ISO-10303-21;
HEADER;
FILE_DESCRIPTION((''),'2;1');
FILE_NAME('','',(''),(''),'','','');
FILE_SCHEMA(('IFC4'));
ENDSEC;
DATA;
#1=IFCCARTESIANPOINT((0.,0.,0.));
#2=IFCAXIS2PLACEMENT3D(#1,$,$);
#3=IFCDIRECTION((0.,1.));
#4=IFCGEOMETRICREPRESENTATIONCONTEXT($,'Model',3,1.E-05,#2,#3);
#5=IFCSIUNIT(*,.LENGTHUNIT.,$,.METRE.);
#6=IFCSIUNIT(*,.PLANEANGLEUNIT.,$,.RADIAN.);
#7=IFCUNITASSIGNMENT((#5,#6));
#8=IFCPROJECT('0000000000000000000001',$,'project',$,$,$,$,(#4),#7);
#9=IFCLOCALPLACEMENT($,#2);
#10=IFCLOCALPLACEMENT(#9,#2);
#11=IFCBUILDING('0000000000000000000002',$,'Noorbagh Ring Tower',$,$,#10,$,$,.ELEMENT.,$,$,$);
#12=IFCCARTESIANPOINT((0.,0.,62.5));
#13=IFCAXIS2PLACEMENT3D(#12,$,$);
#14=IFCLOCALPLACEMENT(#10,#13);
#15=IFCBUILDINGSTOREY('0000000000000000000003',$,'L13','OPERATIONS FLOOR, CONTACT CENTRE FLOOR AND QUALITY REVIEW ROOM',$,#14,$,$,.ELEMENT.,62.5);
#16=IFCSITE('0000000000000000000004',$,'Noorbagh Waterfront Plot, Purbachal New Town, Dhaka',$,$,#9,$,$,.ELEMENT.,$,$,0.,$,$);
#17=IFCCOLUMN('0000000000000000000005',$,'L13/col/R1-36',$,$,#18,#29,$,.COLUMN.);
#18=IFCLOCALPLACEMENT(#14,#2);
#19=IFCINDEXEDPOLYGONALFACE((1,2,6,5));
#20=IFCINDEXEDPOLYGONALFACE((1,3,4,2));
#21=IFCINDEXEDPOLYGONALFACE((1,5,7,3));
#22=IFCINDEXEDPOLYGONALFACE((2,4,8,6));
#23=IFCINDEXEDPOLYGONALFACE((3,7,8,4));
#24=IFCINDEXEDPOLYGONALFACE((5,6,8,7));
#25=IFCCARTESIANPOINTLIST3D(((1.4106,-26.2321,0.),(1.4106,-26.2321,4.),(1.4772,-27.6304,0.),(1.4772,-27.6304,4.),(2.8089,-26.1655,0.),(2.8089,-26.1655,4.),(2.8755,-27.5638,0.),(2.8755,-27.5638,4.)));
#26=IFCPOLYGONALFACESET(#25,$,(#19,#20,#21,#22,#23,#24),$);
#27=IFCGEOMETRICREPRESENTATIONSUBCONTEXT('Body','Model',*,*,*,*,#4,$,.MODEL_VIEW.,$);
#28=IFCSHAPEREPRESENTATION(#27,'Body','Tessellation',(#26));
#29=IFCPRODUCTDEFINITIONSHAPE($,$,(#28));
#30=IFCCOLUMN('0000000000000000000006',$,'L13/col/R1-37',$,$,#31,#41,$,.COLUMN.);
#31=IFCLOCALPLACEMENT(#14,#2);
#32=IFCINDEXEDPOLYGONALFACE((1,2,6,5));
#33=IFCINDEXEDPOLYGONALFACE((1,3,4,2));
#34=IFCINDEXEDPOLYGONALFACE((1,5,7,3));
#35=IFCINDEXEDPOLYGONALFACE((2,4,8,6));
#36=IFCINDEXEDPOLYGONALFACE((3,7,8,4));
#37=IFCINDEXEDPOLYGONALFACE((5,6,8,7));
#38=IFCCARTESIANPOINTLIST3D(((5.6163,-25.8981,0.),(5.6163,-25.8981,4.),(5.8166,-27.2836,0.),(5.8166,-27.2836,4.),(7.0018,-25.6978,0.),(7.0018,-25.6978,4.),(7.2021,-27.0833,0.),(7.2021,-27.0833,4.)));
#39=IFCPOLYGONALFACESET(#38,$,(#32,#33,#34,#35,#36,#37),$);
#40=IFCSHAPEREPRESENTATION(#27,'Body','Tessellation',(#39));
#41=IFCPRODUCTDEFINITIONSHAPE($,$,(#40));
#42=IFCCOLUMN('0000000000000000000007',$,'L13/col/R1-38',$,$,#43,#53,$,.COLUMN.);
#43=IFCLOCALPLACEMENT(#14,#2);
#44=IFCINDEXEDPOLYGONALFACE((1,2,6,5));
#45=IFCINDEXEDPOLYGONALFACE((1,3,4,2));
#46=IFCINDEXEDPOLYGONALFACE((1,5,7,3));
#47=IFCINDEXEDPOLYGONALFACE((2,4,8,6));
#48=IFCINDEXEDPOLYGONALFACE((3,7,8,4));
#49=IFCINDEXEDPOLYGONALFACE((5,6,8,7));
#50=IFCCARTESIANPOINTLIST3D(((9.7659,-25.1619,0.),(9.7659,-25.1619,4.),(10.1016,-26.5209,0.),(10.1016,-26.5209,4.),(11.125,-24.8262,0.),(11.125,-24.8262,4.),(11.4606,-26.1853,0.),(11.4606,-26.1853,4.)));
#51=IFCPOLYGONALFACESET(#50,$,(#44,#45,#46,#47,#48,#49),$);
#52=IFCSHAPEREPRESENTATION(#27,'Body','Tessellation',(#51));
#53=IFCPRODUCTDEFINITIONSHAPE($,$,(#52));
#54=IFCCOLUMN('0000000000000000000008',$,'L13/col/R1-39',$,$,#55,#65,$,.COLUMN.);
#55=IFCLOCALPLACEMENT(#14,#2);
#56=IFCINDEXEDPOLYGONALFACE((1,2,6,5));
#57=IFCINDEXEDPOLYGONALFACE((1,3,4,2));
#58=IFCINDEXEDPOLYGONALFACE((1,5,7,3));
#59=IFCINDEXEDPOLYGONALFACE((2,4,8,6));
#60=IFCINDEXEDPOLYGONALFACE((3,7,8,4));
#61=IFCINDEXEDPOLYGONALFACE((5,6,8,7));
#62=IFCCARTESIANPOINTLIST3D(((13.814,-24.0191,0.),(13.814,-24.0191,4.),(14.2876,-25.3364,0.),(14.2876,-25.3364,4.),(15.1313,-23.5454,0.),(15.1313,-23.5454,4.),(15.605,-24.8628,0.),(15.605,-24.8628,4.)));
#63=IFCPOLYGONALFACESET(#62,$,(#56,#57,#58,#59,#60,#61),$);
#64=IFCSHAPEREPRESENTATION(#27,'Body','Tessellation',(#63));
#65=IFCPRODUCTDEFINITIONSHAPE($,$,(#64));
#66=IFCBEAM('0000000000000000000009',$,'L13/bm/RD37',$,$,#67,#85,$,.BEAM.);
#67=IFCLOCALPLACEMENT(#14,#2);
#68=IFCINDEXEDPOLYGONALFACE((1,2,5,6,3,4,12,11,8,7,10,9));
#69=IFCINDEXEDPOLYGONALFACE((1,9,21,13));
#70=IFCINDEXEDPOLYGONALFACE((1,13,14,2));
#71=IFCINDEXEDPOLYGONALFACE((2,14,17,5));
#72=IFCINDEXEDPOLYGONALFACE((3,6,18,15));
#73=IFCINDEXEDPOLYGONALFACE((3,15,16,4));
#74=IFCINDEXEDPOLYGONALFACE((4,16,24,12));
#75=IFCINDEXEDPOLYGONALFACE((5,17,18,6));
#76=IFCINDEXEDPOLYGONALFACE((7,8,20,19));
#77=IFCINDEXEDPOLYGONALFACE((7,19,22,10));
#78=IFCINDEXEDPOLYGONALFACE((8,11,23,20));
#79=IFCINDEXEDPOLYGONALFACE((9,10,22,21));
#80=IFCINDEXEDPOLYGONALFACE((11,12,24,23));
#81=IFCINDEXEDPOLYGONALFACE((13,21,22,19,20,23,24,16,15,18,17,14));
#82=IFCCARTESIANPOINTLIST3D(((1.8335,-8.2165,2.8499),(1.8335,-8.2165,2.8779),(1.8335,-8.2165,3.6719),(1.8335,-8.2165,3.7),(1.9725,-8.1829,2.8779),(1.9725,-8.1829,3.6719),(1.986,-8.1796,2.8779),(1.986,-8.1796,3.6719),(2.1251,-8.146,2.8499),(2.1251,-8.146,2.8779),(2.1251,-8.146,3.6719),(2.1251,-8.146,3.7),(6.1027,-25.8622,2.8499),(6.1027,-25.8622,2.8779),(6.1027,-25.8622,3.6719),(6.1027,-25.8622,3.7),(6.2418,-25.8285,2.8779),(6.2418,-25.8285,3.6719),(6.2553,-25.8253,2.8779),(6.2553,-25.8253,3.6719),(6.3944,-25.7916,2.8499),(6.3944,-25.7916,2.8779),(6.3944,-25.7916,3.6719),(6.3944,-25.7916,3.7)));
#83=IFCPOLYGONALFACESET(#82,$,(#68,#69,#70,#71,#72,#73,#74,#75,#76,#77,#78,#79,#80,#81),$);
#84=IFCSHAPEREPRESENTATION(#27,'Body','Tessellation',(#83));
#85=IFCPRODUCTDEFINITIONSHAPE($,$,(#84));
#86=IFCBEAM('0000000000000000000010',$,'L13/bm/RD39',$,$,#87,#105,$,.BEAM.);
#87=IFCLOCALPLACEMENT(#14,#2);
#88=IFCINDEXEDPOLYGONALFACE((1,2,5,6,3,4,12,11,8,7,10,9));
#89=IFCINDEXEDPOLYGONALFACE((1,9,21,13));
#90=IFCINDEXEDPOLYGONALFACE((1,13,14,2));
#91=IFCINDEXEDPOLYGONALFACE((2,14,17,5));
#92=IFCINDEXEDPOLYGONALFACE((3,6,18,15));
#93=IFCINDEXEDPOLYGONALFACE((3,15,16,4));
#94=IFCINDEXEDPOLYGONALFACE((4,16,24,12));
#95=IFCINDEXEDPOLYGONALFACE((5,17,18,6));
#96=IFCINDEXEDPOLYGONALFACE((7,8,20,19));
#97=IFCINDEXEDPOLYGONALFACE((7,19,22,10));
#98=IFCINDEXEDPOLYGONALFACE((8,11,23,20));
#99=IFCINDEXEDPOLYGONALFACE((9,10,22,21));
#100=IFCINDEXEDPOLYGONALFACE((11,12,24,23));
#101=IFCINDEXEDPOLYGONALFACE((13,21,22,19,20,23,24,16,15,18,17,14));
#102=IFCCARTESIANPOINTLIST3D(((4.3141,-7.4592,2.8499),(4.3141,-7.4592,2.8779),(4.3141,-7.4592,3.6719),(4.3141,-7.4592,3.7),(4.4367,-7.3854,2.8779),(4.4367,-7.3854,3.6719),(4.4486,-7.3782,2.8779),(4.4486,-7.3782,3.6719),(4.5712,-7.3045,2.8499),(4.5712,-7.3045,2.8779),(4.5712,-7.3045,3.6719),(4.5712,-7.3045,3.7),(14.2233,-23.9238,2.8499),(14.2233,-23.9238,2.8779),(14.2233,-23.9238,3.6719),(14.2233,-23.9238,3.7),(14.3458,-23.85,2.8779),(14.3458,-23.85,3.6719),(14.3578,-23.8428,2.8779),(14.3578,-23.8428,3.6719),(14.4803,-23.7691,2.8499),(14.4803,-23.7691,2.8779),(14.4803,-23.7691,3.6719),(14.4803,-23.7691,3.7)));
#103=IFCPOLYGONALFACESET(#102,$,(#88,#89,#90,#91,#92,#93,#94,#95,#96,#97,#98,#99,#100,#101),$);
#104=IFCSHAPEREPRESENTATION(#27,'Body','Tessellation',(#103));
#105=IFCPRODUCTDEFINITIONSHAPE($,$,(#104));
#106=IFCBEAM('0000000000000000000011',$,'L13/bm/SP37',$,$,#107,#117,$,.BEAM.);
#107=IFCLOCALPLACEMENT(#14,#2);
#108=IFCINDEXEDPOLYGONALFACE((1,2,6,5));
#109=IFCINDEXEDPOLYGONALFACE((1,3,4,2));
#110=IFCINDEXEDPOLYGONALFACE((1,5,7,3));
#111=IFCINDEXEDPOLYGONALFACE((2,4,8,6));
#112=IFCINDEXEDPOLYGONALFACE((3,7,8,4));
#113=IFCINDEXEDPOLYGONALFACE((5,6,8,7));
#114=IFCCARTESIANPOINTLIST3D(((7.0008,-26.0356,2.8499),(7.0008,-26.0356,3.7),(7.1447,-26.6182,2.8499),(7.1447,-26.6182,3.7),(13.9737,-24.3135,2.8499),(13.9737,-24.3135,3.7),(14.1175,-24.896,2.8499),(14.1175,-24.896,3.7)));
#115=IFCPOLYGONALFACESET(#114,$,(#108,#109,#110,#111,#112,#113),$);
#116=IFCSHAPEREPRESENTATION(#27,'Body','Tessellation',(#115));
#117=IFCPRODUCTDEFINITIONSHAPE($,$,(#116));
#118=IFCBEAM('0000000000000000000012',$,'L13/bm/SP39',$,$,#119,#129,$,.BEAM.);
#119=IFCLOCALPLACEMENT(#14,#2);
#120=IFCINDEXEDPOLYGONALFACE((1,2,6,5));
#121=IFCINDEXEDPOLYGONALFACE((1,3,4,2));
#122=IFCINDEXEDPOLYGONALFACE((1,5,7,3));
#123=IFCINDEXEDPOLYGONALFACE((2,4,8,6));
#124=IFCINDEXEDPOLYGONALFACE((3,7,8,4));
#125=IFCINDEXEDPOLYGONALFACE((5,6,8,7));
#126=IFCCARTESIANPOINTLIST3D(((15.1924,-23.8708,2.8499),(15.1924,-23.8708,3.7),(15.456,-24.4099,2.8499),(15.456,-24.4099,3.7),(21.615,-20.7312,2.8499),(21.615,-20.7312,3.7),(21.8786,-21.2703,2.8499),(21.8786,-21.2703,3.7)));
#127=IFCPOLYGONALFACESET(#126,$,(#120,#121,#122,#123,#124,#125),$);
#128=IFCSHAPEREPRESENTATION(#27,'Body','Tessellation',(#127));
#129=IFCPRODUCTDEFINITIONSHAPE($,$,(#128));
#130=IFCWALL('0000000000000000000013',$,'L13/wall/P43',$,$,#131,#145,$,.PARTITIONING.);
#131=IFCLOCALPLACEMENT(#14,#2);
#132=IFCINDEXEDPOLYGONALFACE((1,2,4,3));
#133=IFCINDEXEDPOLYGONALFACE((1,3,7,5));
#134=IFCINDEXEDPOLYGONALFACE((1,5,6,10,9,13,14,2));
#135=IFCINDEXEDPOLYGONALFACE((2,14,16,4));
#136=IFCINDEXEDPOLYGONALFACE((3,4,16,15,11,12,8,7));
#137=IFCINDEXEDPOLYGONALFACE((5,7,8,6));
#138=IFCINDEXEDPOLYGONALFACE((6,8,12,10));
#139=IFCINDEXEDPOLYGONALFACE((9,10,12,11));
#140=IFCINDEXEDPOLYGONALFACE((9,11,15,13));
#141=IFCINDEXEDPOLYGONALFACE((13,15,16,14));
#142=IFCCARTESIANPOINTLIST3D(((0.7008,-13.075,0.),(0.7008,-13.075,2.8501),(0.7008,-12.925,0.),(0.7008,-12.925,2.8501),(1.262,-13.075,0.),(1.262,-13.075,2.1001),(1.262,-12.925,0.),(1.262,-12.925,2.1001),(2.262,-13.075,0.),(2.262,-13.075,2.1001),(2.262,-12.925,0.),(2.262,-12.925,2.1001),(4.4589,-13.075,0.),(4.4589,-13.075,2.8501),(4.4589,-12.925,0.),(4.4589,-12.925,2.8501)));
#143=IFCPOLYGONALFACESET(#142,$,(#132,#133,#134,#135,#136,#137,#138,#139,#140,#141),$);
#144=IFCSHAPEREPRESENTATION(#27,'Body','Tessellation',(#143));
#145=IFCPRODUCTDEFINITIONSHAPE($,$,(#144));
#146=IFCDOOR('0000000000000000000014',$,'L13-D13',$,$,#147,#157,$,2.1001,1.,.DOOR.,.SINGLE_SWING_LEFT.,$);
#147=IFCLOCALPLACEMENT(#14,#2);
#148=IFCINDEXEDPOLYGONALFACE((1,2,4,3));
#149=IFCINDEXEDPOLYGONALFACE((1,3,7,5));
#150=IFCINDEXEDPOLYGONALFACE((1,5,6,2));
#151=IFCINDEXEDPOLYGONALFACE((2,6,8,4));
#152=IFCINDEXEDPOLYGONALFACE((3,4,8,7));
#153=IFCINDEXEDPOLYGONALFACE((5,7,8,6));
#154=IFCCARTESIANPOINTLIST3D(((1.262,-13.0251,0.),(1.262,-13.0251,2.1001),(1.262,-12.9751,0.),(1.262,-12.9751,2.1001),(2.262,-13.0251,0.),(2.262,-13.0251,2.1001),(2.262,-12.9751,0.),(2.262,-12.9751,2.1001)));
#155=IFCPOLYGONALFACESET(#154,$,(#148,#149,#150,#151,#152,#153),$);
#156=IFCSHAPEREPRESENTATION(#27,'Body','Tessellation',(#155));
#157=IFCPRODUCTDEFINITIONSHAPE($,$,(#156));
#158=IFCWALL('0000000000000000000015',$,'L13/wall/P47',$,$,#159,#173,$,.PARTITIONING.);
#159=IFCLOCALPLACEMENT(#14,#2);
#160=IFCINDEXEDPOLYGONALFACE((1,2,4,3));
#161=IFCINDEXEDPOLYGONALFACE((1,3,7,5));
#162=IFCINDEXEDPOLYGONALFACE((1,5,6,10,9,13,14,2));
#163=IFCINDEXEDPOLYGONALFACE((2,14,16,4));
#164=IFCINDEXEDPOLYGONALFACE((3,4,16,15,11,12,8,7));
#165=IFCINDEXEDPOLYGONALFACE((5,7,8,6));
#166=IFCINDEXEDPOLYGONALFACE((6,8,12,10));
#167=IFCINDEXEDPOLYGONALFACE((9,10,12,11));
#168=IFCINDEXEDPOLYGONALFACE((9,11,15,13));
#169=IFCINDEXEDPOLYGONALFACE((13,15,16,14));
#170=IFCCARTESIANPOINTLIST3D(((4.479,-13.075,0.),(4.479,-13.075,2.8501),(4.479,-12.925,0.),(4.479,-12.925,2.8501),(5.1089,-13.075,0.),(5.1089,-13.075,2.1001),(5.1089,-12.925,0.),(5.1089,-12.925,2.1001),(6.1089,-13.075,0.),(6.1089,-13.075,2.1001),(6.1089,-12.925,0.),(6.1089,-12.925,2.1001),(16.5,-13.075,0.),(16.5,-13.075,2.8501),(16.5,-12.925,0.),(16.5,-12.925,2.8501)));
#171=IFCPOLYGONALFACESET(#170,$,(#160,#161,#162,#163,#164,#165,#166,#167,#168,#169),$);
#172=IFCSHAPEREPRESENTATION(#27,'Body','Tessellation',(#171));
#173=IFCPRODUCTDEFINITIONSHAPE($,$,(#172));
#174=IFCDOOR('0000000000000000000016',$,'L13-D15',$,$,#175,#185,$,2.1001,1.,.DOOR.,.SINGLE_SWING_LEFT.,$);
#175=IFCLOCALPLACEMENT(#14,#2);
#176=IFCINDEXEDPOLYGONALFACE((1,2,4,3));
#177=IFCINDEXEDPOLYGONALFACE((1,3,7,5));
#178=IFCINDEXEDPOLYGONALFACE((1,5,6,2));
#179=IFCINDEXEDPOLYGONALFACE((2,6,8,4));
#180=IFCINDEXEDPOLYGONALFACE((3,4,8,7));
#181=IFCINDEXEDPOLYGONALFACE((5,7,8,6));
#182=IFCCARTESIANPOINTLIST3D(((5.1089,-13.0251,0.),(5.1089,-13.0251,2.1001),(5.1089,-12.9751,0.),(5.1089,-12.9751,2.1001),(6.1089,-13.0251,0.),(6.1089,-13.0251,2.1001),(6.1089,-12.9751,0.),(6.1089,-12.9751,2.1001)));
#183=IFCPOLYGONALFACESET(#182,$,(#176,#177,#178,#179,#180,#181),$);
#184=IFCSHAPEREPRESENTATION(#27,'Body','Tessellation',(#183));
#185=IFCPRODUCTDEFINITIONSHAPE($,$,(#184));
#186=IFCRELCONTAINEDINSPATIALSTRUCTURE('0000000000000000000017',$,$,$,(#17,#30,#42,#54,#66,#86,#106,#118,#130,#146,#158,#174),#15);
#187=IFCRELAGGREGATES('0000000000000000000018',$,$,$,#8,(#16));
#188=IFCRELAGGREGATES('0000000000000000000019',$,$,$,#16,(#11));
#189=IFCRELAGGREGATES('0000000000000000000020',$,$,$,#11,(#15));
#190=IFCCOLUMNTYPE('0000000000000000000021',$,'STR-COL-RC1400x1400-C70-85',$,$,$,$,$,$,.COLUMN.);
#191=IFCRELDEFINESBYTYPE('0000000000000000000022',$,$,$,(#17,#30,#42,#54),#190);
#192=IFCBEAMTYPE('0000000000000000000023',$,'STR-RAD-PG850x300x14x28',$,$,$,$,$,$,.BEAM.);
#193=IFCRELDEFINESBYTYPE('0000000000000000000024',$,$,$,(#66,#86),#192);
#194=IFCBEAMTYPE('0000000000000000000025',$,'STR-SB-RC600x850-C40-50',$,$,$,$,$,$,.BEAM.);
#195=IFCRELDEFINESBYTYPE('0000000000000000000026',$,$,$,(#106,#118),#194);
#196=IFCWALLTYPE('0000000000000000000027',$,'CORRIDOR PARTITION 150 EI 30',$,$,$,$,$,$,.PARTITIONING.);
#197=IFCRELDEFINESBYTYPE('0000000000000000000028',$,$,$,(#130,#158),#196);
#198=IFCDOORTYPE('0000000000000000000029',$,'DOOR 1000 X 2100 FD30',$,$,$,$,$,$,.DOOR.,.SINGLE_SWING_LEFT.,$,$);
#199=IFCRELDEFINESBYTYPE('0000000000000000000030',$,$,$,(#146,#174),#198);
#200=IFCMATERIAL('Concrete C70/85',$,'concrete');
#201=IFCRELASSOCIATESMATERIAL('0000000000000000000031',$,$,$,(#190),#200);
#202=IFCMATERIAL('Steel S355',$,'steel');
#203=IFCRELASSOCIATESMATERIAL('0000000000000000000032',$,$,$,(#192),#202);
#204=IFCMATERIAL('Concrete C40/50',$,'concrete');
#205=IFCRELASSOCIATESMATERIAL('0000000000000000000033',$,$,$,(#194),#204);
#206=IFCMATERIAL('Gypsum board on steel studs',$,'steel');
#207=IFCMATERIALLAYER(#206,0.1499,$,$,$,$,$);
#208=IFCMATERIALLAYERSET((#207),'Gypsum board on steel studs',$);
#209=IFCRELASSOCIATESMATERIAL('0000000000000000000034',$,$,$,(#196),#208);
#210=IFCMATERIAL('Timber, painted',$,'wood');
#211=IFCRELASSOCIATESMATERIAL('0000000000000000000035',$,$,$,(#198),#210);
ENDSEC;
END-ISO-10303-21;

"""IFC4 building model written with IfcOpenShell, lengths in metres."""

from ifc_helpers import new_model, si_unit, direction, frame, frame_2d, origin, origin_2d, place, context, subcontext, project, spatial, rectangle, i_section, extrude, material, layer, layer_set, material_profile, profile_set, type_object, element, fill, save


model = new_model("IFC4")

# Units and contexts
model_context = context("Model", 3, precision=1e-05, world=origin(), true_north=direction((0.0, 1.0)))
body_context = subcontext(model_context, "Body", "Model", "MODEL_VIEW")
ifc_project = project(units=[si_unit("LENGTHUNIT", "METRE"), si_unit("PLANEANGLEUNIT", "RADIAN")], contexts=[model_context])

# Site, building, storey
site_placement = place(None, origin())
site = spatial("IfcSite", under=ifc_project, at=site_placement, Name="Noorbagh Waterfront Plot, Purbachal New Town, Dhaka", CompositionType="ELEMENT", RefElevation=0.0)
building_placement = place(site_placement, origin())
building = spatial("IfcBuilding", under=site, at=building_placement, Name="Noorbagh Ring Tower", CompositionType="ELEMENT")
storey_placement = place(building_placement, frame((0.0, 0.0, 62.5)))
storey = spatial("IfcBuildingStorey", under=building, at=storey_placement, Name="L13", Description="OPERATIONS FLOOR, CONTACT CENTRE FLOOR AND QUALITY REVIEW ROOM", CompositionType="ELEMENT", Elevation=62.5)

# Columns
ifc_material_1 = material(Name="Concrete C70/85", Category="concrete")
ifc_material_profile_1 = material_profile(ifc_material_1, rectangle(XDim=1.3999, YDim=1.3999, at=origin_2d()), Name="RC1400x1400")
ifc_profile_set_1 = profile_set([ifc_material_profile_1], Name="Concrete C70/85")
column_type = type_object("IfcColumnType", Name="STR-COL-RC1400x1400-C70-85", PredefinedType="COLUMN", material=ifc_profile_set_1)
for number, where, z_axis, x_axis, name in (
    (1, (2.1431, -26.8979, 0.0), (0.0, 0.0, 1.0), (0.998869, 0.047553, 0.0), "L13/col/R1-36"),
    (2, (6.4092, -26.4907, 0.0), (0.0, 0.0, 1.0), (0.989713, 0.143066, 0.0), "L13/col/R1-37"),
    (3, (10.6133, -25.6736, 0.0), (0.0, 0.0, 1.0), (0.970829, 0.239771, 0.0), "L13/col/R1-38"),
    (4, (14.7095, -24.4409, 0.0), (0.0, 0.0, 1.0), (0.941025, 0.338338, 0.0), "L13/col/R1-39"),
):
    element("IfcColumn", number, at=place(storey_placement, frame(where, z_axis=z_axis, x_axis=x_axis)), inside=storey, type_object=column_type, Name=name, PredefinedType="COLUMN", context=body_context, shape_type="SweptSolid", body=[
        extrude(rectangle(XDim=1.3999, YDim=1.3999, at=origin_2d()), origin(), (0.0, 0.0, 1.0), 4.0),
    ])

# Beams
ifc_material_2 = material(Name="Steel S355", Category="steel")
ifc_material_profile_2 = material_profile(ifc_material_2, i_section(OverallWidth=0.3, OverallDepth=0.8501, WebThickness=0.0139, FlangeThickness=0.0281, at=origin_2d()), Name="PG850x300x14x28")
ifc_profile_set_2 = profile_set([ifc_material_profile_2], Name="Steel S355")
beam_type_1 = type_object("IfcBeamType", Name="STR-RAD-PG850x300x14x28", PredefinedType="BEAM", material=ifc_profile_set_2)
beam_1_placement = place(storey_placement, frame((6.2485, -25.8269, 3.2749), z_axis=(-0.235159, 0.971957, 0.0), x_axis=(-0.971957, -0.235159, 0.0)))
element("IfcBeam", 5, at=beam_1_placement, inside=storey, type_object=beam_type_1, Name="L13/bm/RD37", PredefinedType="BEAM", context=body_context, shape_type="SweptSolid", body=[
    extrude(i_section(OverallWidth=0.3, OverallDepth=0.8501, WebThickness=0.0139, FlangeThickness=0.0281, at=origin_2d()), origin(), (0.0, 0.0, 1.0), 18.1548),
])
beam_2_placement = place(storey_placement, frame((14.3518, -23.8464, 3.2749), z_axis=(-0.515659, 0.856794, 0.0), x_axis=(-0.856794, -0.515659, 0.0)))
element("IfcBeam", 6, at=beam_2_placement, inside=storey, type_object=beam_type_1, Name="L13/bm/RD39", PredefinedType="BEAM", context=body_context, shape_type="SweptSolid", body=[
    extrude(i_section(OverallWidth=0.3, OverallDepth=0.8501, WebThickness=0.0139, FlangeThickness=0.0281, at=origin_2d()), origin(), (0.0, 0.0, 1.0), 19.2166),
])
ifc_material_3 = material(Name="Concrete C40/50", Category="concrete")
ifc_material_profile_3 = material_profile(ifc_material_3, rectangle(XDim=0.6001, YDim=0.8501, at=origin_2d()), Name="RC600x850")
ifc_profile_set_3 = profile_set([ifc_material_profile_3], Name="Concrete C40/50")
beam_type_2 = type_object("IfcBeamType", Name="STR-SB-RC600x850-C40-50", PredefinedType="BEAM", material=ifc_profile_set_3)
beam_3_placement = place(storey_placement, frame((7.0728, -26.3269, 3.2749), z_axis=(0.970828, 0.239775, 0.0), x_axis=(-0.239775, 0.970828, 0.0)))
element("IfcBeam", 7, at=beam_3_placement, inside=storey, type_object=beam_type_2, Name="L13/bm/SP37", PredefinedType="BEAM", context=body_context, shape_type="SweptSolid", body=[
    extrude(rectangle(XDim=0.6001, YDim=0.8501, at=origin_2d()), origin(), (0.0, 0.0, 1.0), 7.1824),
])
beam_4_placement = place(storey_placement, frame((15.3242, -24.1404, 3.2749), z_axis=(0.898401, 0.439177, 0.0), x_axis=(-0.439177, 0.898401, 0.0)))
element("IfcBeam", 8, at=beam_4_placement, inside=storey, type_object=beam_type_2, Name="L13/bm/SP39", PredefinedType="BEAM", context=body_context, shape_type="SweptSolid", body=[
    extrude(rectangle(XDim=0.6001, YDim=0.8501, at=origin_2d()), origin(), (0.0, 0.0, 1.0), 7.1489),
])

# Walls, openings, doors
ifc_material_4 = material(Name="Gypsum board on steel studs", Category="steel")
ifc_layer_1 = layer(ifc_material_4, 0.1499)
ifc_layer_set_1 = layer_set([ifc_layer_1], Name="Gypsum board on steel studs")
wall_type_1 = type_object("IfcWallType", Name="CORRIDOR PARTITION 150 EI 30", PredefinedType="PARTITIONING", material=ifc_layer_set_1)
wall_1_placement = place(storey_placement, frame((0.7009, -13.0, 0.0), z_axis=(0.0, 0.0, 1.0), x_axis=(1.0, 0.0, 0.0)))
wall_1 = element("IfcWall", 9, at=wall_1_placement, inside=storey, type_object=wall_type_1, Name="L13/wall/P43", PredefinedType="PARTITIONING", context=body_context, shape_type="SweptSolid", body=[
    extrude(rectangle(XDim=3.7581, YDim=0.1499, at=frame_2d((1.8789, 0.0))), origin(), (0.0, 0.0, 1.0), 2.8501),
])
opening_1_placement = place(wall_1_placement, frame((0.561, 0.0, 0.0)))
opening_1 = element("IfcOpeningElement", 10, at=opening_1_placement, cuts=wall_1, PredefinedType="OPENING", context=body_context, shape_type="SweptSolid", body=[
    extrude(rectangle(XDim=1.0, YDim=2.1001, at=frame_2d((0.5, 1.05))), frame((0.0, 0.085, 0.0), z_axis=(0.0, -1.0, 0.0), x_axis=(1.0, 0.0, 0.0)), (0.0, 0.0, 1.0), 0.1699),
])
ifc_material_5 = material(Name="Timber, painted", Category="wood")
door_type_1 = type_object("IfcDoorType", Name="DOOR 1000 X 2100 FD30", OperationType="SINGLE_SWING_LEFT", PredefinedType="DOOR", material=ifc_material_5)
door_1_placement = place(opening_1_placement, origin())
door_1 = element("IfcDoor", 11, at=door_1_placement, inside=storey, type_object=door_type_1, Name="L13-D13", OperationType="SINGLE_SWING_LEFT", OverallHeight=2.1001, OverallWidth=1.0, PredefinedType="DOOR", context=body_context, shape_type="SweptSolid", body=[
    extrude(rectangle(XDim=1.0, YDim=2.1001, at=frame_2d((0.5, 1.05))), frame((0.0, 0.0249, 0.0), z_axis=(0.0, -1.0, 0.0), x_axis=(1.0, 0.0, 0.0)), (0.0, 0.0, 1.0), 0.05),
])
fill(opening_1, door_1)
wall_2_placement = place(storey_placement, frame((4.479, -13.0, 0.0), z_axis=(0.0, 0.0, 1.0), x_axis=(1.0, 0.0, 0.0)))
wall_2 = element("IfcWall", 12, at=wall_2_placement, inside=storey, type_object=wall_type_1, Name="L13/wall/P47", PredefinedType="PARTITIONING", context=body_context, shape_type="SweptSolid", body=[
    extrude(rectangle(XDim=12.021, YDim=0.1499, at=frame_2d((6.0105, 0.0))), origin(), (0.0, 0.0, 1.0), 2.8501),
])
opening_2_placement = place(wall_2_placement, frame((0.6299, 0.0, 0.0)))
opening_2 = element("IfcOpeningElement", 13, at=opening_2_placement, cuts=wall_2, PredefinedType="OPENING", context=body_context, shape_type="SweptSolid", body=[
    extrude(rectangle(XDim=1.0, YDim=2.1001, at=frame_2d((0.5, 1.05))), frame((0.0, 0.085, 0.0), z_axis=(0.0, -1.0, 0.0), x_axis=(1.0, 0.0, 0.0)), (0.0, 0.0, 1.0), 0.1699),
])
door_2_placement = place(opening_2_placement, origin())
door_2 = element("IfcDoor", 14, at=door_2_placement, inside=storey, type_object=door_type_1, Name="L13-D15", OperationType="SINGLE_SWING_LEFT", OverallHeight=2.1001, OverallWidth=1.0, PredefinedType="DOOR", context=body_context, shape_type="SweptSolid", body=[
    extrude(rectangle(XDim=1.0, YDim=2.1001, at=frame_2d((0.5, 1.05))), frame((0.0, 0.0249, 0.0), z_axis=(0.0, -1.0, 0.0), x_axis=(1.0, 0.0, 0.0)), (0.0, 0.0, 1.0), 0.05),
])
fill(opening_2, door_2)

save(model, "model.ifc")
